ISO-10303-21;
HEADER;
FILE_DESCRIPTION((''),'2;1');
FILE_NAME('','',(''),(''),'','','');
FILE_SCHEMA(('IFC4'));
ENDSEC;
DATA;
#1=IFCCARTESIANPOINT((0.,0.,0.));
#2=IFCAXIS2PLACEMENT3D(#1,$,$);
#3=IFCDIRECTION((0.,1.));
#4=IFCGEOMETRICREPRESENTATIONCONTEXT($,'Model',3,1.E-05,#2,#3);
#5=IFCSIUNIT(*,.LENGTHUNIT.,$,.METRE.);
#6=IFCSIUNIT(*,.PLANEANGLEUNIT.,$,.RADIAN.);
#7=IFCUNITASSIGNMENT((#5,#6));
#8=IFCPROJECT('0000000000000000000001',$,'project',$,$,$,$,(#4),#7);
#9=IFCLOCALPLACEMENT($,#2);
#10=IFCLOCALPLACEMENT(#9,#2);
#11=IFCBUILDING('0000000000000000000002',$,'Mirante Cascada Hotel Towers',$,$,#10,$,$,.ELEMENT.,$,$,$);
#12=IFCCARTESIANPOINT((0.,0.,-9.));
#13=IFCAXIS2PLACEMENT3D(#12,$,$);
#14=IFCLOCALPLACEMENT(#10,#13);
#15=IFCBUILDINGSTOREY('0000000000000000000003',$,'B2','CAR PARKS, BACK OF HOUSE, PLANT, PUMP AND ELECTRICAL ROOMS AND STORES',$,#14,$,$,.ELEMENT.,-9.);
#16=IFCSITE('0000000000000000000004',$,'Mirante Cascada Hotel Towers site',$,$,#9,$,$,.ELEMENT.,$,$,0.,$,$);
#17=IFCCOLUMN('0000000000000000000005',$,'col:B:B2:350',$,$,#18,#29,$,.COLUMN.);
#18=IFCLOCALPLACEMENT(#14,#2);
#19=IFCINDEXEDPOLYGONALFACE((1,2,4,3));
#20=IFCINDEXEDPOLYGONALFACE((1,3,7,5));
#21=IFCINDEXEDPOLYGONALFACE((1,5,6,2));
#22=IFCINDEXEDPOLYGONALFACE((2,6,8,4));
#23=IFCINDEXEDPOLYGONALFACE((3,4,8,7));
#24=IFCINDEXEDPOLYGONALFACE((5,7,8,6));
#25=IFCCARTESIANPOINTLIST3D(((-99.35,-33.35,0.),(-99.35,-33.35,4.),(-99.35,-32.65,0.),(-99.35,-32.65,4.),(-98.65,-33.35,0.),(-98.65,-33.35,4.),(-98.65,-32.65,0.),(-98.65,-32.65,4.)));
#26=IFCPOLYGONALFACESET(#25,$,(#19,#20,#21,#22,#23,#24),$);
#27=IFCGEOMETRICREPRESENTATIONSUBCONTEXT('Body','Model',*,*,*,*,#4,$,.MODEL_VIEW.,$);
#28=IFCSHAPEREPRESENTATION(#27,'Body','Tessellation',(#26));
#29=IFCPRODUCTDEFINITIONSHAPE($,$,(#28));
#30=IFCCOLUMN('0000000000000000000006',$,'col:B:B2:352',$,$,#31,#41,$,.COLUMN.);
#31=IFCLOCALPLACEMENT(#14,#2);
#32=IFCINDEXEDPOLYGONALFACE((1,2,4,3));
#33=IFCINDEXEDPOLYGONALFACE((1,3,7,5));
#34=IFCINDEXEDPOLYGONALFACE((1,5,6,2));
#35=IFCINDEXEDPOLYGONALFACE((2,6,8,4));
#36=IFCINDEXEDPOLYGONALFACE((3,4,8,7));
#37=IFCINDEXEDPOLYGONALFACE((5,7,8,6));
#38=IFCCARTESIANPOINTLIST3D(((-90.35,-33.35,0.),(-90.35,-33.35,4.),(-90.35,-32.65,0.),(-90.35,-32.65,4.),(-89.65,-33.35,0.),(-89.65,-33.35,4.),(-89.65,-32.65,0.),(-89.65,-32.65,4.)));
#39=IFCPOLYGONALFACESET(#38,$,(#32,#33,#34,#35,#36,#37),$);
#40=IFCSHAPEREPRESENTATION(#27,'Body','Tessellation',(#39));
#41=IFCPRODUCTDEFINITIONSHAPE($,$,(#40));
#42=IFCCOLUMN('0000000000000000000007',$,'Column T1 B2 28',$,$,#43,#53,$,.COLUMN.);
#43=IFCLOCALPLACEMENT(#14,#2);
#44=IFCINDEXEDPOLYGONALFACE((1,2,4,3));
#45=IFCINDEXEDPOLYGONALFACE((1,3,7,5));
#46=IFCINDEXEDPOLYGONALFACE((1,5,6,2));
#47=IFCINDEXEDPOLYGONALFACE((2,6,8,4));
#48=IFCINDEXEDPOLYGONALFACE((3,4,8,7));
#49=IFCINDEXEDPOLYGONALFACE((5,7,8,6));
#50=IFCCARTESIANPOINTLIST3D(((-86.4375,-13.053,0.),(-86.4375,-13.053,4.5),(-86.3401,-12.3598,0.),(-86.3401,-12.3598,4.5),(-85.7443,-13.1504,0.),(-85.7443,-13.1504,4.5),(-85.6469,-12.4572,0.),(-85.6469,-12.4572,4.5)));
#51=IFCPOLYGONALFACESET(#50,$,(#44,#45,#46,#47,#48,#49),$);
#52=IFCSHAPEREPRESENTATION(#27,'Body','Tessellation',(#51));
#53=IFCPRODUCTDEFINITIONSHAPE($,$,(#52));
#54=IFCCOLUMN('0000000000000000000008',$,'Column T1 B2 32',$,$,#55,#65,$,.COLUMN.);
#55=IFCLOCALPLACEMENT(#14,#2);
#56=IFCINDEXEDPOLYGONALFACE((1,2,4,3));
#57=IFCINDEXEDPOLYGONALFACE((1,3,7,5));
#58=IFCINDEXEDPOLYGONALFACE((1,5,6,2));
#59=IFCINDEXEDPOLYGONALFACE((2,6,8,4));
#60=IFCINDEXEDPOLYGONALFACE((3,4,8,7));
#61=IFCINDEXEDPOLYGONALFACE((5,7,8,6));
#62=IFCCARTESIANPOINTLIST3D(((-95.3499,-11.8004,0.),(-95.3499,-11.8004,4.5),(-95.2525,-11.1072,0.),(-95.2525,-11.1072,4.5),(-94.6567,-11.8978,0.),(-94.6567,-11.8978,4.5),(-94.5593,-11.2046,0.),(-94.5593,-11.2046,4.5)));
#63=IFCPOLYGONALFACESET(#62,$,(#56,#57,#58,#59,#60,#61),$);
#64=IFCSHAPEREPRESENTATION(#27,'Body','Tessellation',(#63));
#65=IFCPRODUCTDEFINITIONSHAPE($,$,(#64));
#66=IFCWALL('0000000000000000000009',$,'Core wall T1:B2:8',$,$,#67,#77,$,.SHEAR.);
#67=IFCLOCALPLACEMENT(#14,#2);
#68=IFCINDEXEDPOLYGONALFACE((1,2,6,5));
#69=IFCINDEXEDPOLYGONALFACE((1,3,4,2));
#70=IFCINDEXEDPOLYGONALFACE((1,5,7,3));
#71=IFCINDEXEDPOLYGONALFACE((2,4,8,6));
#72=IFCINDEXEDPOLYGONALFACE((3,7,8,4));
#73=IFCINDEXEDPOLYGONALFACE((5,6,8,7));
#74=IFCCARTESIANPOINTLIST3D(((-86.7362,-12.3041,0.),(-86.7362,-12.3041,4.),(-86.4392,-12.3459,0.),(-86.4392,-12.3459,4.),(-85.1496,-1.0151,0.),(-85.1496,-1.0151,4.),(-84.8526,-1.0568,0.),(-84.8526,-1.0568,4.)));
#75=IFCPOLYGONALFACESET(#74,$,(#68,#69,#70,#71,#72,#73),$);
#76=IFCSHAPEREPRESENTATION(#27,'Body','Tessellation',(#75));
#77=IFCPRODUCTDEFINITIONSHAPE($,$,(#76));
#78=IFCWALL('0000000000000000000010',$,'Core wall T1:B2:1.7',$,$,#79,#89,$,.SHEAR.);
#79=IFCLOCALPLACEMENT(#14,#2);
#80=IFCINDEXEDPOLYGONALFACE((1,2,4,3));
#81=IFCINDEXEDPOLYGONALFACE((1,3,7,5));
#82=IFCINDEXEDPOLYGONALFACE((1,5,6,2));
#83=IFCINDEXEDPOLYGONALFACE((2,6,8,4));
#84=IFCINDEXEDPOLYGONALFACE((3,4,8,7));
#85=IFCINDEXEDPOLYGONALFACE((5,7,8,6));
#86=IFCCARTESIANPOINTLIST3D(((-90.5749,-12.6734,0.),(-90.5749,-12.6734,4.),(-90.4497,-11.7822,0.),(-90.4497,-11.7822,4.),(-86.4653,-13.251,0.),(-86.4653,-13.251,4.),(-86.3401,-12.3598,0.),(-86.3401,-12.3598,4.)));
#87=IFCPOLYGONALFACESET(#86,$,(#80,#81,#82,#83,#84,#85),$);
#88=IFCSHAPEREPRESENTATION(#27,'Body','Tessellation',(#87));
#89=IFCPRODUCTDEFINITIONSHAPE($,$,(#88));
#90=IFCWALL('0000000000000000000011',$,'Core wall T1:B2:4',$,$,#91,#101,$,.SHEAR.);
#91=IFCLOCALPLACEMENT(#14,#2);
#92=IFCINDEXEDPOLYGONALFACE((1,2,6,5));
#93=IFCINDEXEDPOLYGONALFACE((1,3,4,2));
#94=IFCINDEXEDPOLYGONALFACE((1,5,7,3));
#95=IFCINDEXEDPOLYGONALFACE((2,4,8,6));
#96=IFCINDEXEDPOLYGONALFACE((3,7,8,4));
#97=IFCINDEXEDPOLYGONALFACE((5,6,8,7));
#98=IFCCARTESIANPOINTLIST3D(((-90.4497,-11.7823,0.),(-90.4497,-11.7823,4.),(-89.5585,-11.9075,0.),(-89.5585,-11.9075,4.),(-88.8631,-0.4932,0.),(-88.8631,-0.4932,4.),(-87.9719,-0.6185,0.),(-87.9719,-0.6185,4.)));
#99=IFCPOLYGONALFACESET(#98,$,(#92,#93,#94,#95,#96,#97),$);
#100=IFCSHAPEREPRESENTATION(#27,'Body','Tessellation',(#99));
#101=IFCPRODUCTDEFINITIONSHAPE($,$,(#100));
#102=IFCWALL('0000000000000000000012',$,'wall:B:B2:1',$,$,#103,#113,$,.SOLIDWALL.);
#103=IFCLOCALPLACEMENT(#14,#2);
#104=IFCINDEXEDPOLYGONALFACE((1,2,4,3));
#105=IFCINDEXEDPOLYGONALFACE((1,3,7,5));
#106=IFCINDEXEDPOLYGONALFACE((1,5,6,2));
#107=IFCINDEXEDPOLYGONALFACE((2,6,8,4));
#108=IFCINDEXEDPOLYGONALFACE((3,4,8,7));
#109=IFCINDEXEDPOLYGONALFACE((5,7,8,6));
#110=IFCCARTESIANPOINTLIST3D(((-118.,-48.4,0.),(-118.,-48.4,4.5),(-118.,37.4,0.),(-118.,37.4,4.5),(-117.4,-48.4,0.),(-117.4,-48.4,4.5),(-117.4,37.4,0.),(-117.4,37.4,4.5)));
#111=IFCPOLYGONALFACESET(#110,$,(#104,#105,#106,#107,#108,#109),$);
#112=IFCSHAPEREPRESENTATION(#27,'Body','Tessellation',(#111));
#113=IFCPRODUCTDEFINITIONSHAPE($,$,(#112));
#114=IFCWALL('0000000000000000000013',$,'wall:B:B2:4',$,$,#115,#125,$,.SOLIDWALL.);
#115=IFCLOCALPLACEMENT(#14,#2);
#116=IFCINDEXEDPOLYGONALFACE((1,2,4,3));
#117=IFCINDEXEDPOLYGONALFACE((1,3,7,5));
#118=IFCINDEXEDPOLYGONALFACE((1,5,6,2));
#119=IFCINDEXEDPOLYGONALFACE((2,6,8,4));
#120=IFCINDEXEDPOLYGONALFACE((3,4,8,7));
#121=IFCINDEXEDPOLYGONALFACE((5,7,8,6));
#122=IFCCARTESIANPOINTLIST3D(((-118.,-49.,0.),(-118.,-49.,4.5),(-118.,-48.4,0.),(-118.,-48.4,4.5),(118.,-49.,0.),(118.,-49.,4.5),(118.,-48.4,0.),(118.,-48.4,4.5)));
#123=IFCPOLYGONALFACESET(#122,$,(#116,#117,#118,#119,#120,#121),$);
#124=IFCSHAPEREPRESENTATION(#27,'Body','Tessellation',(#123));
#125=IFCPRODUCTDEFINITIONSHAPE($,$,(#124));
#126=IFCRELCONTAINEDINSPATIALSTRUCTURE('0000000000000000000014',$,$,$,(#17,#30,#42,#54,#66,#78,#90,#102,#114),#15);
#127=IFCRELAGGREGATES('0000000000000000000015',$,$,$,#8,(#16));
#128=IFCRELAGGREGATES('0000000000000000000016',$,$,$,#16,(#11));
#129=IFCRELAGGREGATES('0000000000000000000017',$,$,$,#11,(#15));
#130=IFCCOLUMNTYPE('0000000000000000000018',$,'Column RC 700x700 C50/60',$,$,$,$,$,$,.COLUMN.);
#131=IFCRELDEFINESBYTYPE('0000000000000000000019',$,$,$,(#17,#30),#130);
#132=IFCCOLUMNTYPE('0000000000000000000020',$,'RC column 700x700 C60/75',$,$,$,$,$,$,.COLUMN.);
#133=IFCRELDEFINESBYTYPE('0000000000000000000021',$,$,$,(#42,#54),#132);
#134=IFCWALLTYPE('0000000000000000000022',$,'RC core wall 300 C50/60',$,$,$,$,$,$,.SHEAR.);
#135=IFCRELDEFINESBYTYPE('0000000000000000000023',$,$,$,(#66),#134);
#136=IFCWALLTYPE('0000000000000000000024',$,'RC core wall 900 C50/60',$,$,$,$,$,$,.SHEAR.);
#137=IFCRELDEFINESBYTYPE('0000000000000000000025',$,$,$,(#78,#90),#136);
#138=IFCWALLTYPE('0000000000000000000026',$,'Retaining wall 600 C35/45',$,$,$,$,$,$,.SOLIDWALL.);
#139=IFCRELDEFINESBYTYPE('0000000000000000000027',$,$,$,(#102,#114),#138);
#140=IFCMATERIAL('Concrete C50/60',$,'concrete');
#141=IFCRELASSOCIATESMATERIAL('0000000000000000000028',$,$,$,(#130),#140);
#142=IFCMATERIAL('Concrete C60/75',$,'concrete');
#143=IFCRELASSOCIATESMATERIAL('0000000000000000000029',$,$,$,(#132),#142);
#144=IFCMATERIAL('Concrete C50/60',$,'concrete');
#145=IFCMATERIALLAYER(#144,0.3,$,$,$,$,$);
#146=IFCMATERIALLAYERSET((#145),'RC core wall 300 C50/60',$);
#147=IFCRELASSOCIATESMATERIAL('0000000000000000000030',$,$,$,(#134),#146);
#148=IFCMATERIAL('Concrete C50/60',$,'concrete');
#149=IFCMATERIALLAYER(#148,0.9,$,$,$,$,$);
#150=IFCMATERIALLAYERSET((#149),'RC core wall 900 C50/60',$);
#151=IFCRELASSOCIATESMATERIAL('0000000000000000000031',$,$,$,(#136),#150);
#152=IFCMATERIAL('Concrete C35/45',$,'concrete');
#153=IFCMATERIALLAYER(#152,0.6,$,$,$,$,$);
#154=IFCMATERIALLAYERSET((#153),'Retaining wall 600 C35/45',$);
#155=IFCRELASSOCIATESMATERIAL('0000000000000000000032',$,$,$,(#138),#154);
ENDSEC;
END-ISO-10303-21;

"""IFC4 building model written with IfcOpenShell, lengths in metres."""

from ifc_helpers import new_model, si_unit, direction, frame, frame_2d, origin, origin_2d, place, context, subcontext, project, spatial, rectangle, extrude, material, layer, layer_set, material_profile, profile_set, type_object, element, save


model = new_model("IFC4")

# Units and contexts
model_context = context("Model", 3, precision=1e-05, world=origin(), true_north=direction((0.0, 1.0)))
body_context = subcontext(model_context, "Body", "Model", "MODEL_VIEW")
ifc_project = project(units=[si_unit("LENGTHUNIT", "METRE"), si_unit("PLANEANGLEUNIT", "RADIAN")], contexts=[model_context])

# Site, building, storey
site_placement = place(None, origin())
site = spatial("IfcSite", under=ifc_project, at=site_placement, Name="Mirante Cascada Hotel Towers site", CompositionType="ELEMENT", RefElevation=0.0)
building_placement = place(site_placement, origin())
building = spatial("IfcBuilding", under=site, at=building_placement, Name="Mirante Cascada Hotel Towers", CompositionType="ELEMENT")
storey_placement = place(building_placement, frame((0.0, 0.0, -9.0)))
storey = spatial("IfcBuildingStorey", under=building, at=storey_placement, Name="B2", Description="CAR PARKS, BACK OF HOUSE, PLANT, PUMP AND ELECTRICAL ROOMS AND STORES", CompositionType="ELEMENT", Elevation=-9.0)

# Columns
ifc_material_1 = material(Name="Concrete C50/60", Category="concrete")
ifc_material_profile_1 = material_profile(ifc_material_1, rectangle(XDim=0.7, YDim=0.7, at=origin_2d()), Name="RC 700x700")
ifc_profile_set_1 = profile_set([ifc_material_profile_1], Name="Concrete C50/60")
column_type_1 = type_object("IfcColumnType", Name="Column RC 700x700 C50/60", PredefinedType="COLUMN", material=ifc_profile_set_1)
for number, where, z_axis, x_axis, name in (
    (1, (-99.0, -33.0, 0.0), (0.0, 0.0, 1.0), (1.0, 0.0, 0.0), "col:B:B2:350"),
    (2, (-90.0, -33.0, 0.0), (0.0, 0.0, 1.0), (1.0, 0.0, 0.0), "col:B:B2:352"),
):
    element("IfcColumn", number, at=place(storey_placement, frame(where, z_axis=z_axis, x_axis=x_axis)), inside=storey, type_object=column_type_1, Name=name, PredefinedType="COLUMN", context=body_context, shape_type="SweptSolid", body=[
        extrude(rectangle(XDim=0.7, YDim=0.7, at=origin_2d()), origin(), (0.0, 0.0, 1.0), 4.0),
    ])
ifc_material_2 = material(Name="Concrete C60/75", Category="concrete")
ifc_material_profile_2 = material_profile(ifc_material_2, rectangle(XDim=0.7, YDim=0.7, at=origin_2d()), Name="RC column 700x700 C60/75")
ifc_profile_set_2 = profile_set([ifc_material_profile_2], Name="Concrete C60/75")
column_type_2 = type_object("IfcColumnType", Name="RC column 700x700 C60/75", PredefinedType="COLUMN", material=ifc_profile_set_2)
for number, where, z_axis, x_axis, name in (
    (3, (-86.0422, -12.7551, 0.0), (0.0, 0.0, 1.0), (-0.990268, 0.139173, 0.0), "Column T1 B2 28"),
    (4, (-94.9546, -11.5025, 0.0), (0.0, 0.0, 1.0), (-0.990268, 0.139173, 0.0), "Column T1 B2 32"),
):
    element("IfcColumn", number, at=place(storey_placement, frame(where, z_axis=z_axis, x_axis=x_axis)), inside=storey, type_object=column_type_2, Name=name, PredefinedType="COLUMN", context=body_context, shape_type="SweptSolid", body=[
        extrude(rectangle(XDim=0.7, YDim=0.7, at=origin_2d()), origin(), (0.0, 0.0, 1.0), 4.5),
    ])

# Walls
ifc_material_3 = material(Name="Concrete C50/60", Category="concrete")
ifc_layer_1 = layer(ifc_material_3, 0.3)
ifc_layer_set_1 = layer_set([ifc_layer_1], Name="RC core wall 300 C50/60")
wall_type_1 = type_object("IfcWallType", Name="RC core wall 300 C50/60", PredefinedType="SHEAR", material=ifc_layer_set_1)
wall_1_placement = place(storey_placement, frame((-86.5877, -12.325, 0.0), z_axis=(0.0, 0.0, 1.0), x_axis=(0.139175, 0.990268, 0.0)))
element("IfcWall", 5, at=wall_1_placement, inside=storey, type_object=wall_type_1, Name="Core wall T1:B2:8", PredefinedType="SHEAR", context=body_context, shape_type="SweptSolid", body=[
    extrude(rectangle(XDim=11.4, YDim=0.3, at=frame_2d((5.7, 0.0))), origin(), (0.0, 0.0, 1.0), 4.0),
])
ifc_material_4 = material(Name="Concrete C50/60", Category="concrete")
ifc_layer_2 = layer(ifc_material_4, 0.9)
ifc_layer_set_2 = layer_set([ifc_layer_2], Name="RC core wall 900 C50/60")
wall_type_2 = type_object("IfcWallType", Name="RC core wall 900 C50/60", PredefinedType="SHEAR", material=ifc_layer_set_2)
wall_2_placement = place(storey_placement, frame((-86.4027, -12.8054, 0.0), z_axis=(0.0, 0.0, 1.0), x_axis=(-0.990267, 0.139181, 0.0)))
element("IfcWall", 6, at=wall_2_placement, inside=storey, type_object=wall_type_2, Name="Core wall T1:B2:1.7", PredefinedType="SHEAR", context=body_context, shape_type="SweptSolid", body=[
    extrude(rectangle(XDim=4.15, YDim=0.9, at=frame_2d((2.075, 0.0))), origin(), (0.0, 0.0, 1.0), 4.0),
])
wall_3_placement = place(storey_placement, frame((-90.0041, -11.8449, 0.0), z_axis=(0.0, 0.0, 1.0), x_axis=(0.139175, 0.990268, 0.0)))
element("IfcWall", 7, at=wall_3_placement, inside=storey, type_object=wall_type_2, Name="Core wall T1:B2:4", PredefinedType="SHEAR", context=body_context, shape_type="SweptSolid", body=[
    extrude(rectangle(XDim=11.4, YDim=0.9, at=frame_2d((5.7, 0.0))), origin(), (0.0, 0.0, 1.0), 4.0),
])
ifc_material_5 = material(Name="Concrete C35/45", Category="concrete")
ifc_layer_3 = layer(ifc_material_5, 0.6)
ifc_layer_set_3 = layer_set([ifc_layer_3], Name="Retaining wall 600 C35/45")
wall_type_3 = type_object("IfcWallType", Name="Retaining wall 600 C35/45", PredefinedType="SOLIDWALL", material=ifc_layer_set_3)
wall_4_placement = place(storey_placement, frame((-117.7, -48.4, 0.0), z_axis=(0.0, 0.0, 1.0), x_axis=(0.0, 1.0, 0.0)))
element("IfcWall", 8, at=wall_4_placement, inside=storey, type_object=wall_type_3, Name="wall:B:B2:1", PredefinedType="SOLIDWALL", context=body_context, shape_type="SweptSolid", body=[
    extrude(rectangle(XDim=85.8, YDim=0.6, at=frame_2d((42.9, 0.0))), origin(), (0.0, 0.0, 1.0), 4.5),
])
wall_5_placement = place(storey_placement, frame((-118.0, -48.7, 0.0), z_axis=(0.0, 0.0, 1.0), x_axis=(1.0, 0.0, 0.0)))
element("IfcWall", 9, at=wall_5_placement, inside=storey, type_object=wall_type_3, Name="wall:B:B2:4", PredefinedType="SOLIDWALL", context=body_context, shape_type="SweptSolid", body=[
    extrude(rectangle(XDim=236.0, YDim=0.6, at=frame_2d((118.0, 0.0))), origin(), (0.0, 0.0, 1.0), 4.5),
])

save(model, "model.ifc")
